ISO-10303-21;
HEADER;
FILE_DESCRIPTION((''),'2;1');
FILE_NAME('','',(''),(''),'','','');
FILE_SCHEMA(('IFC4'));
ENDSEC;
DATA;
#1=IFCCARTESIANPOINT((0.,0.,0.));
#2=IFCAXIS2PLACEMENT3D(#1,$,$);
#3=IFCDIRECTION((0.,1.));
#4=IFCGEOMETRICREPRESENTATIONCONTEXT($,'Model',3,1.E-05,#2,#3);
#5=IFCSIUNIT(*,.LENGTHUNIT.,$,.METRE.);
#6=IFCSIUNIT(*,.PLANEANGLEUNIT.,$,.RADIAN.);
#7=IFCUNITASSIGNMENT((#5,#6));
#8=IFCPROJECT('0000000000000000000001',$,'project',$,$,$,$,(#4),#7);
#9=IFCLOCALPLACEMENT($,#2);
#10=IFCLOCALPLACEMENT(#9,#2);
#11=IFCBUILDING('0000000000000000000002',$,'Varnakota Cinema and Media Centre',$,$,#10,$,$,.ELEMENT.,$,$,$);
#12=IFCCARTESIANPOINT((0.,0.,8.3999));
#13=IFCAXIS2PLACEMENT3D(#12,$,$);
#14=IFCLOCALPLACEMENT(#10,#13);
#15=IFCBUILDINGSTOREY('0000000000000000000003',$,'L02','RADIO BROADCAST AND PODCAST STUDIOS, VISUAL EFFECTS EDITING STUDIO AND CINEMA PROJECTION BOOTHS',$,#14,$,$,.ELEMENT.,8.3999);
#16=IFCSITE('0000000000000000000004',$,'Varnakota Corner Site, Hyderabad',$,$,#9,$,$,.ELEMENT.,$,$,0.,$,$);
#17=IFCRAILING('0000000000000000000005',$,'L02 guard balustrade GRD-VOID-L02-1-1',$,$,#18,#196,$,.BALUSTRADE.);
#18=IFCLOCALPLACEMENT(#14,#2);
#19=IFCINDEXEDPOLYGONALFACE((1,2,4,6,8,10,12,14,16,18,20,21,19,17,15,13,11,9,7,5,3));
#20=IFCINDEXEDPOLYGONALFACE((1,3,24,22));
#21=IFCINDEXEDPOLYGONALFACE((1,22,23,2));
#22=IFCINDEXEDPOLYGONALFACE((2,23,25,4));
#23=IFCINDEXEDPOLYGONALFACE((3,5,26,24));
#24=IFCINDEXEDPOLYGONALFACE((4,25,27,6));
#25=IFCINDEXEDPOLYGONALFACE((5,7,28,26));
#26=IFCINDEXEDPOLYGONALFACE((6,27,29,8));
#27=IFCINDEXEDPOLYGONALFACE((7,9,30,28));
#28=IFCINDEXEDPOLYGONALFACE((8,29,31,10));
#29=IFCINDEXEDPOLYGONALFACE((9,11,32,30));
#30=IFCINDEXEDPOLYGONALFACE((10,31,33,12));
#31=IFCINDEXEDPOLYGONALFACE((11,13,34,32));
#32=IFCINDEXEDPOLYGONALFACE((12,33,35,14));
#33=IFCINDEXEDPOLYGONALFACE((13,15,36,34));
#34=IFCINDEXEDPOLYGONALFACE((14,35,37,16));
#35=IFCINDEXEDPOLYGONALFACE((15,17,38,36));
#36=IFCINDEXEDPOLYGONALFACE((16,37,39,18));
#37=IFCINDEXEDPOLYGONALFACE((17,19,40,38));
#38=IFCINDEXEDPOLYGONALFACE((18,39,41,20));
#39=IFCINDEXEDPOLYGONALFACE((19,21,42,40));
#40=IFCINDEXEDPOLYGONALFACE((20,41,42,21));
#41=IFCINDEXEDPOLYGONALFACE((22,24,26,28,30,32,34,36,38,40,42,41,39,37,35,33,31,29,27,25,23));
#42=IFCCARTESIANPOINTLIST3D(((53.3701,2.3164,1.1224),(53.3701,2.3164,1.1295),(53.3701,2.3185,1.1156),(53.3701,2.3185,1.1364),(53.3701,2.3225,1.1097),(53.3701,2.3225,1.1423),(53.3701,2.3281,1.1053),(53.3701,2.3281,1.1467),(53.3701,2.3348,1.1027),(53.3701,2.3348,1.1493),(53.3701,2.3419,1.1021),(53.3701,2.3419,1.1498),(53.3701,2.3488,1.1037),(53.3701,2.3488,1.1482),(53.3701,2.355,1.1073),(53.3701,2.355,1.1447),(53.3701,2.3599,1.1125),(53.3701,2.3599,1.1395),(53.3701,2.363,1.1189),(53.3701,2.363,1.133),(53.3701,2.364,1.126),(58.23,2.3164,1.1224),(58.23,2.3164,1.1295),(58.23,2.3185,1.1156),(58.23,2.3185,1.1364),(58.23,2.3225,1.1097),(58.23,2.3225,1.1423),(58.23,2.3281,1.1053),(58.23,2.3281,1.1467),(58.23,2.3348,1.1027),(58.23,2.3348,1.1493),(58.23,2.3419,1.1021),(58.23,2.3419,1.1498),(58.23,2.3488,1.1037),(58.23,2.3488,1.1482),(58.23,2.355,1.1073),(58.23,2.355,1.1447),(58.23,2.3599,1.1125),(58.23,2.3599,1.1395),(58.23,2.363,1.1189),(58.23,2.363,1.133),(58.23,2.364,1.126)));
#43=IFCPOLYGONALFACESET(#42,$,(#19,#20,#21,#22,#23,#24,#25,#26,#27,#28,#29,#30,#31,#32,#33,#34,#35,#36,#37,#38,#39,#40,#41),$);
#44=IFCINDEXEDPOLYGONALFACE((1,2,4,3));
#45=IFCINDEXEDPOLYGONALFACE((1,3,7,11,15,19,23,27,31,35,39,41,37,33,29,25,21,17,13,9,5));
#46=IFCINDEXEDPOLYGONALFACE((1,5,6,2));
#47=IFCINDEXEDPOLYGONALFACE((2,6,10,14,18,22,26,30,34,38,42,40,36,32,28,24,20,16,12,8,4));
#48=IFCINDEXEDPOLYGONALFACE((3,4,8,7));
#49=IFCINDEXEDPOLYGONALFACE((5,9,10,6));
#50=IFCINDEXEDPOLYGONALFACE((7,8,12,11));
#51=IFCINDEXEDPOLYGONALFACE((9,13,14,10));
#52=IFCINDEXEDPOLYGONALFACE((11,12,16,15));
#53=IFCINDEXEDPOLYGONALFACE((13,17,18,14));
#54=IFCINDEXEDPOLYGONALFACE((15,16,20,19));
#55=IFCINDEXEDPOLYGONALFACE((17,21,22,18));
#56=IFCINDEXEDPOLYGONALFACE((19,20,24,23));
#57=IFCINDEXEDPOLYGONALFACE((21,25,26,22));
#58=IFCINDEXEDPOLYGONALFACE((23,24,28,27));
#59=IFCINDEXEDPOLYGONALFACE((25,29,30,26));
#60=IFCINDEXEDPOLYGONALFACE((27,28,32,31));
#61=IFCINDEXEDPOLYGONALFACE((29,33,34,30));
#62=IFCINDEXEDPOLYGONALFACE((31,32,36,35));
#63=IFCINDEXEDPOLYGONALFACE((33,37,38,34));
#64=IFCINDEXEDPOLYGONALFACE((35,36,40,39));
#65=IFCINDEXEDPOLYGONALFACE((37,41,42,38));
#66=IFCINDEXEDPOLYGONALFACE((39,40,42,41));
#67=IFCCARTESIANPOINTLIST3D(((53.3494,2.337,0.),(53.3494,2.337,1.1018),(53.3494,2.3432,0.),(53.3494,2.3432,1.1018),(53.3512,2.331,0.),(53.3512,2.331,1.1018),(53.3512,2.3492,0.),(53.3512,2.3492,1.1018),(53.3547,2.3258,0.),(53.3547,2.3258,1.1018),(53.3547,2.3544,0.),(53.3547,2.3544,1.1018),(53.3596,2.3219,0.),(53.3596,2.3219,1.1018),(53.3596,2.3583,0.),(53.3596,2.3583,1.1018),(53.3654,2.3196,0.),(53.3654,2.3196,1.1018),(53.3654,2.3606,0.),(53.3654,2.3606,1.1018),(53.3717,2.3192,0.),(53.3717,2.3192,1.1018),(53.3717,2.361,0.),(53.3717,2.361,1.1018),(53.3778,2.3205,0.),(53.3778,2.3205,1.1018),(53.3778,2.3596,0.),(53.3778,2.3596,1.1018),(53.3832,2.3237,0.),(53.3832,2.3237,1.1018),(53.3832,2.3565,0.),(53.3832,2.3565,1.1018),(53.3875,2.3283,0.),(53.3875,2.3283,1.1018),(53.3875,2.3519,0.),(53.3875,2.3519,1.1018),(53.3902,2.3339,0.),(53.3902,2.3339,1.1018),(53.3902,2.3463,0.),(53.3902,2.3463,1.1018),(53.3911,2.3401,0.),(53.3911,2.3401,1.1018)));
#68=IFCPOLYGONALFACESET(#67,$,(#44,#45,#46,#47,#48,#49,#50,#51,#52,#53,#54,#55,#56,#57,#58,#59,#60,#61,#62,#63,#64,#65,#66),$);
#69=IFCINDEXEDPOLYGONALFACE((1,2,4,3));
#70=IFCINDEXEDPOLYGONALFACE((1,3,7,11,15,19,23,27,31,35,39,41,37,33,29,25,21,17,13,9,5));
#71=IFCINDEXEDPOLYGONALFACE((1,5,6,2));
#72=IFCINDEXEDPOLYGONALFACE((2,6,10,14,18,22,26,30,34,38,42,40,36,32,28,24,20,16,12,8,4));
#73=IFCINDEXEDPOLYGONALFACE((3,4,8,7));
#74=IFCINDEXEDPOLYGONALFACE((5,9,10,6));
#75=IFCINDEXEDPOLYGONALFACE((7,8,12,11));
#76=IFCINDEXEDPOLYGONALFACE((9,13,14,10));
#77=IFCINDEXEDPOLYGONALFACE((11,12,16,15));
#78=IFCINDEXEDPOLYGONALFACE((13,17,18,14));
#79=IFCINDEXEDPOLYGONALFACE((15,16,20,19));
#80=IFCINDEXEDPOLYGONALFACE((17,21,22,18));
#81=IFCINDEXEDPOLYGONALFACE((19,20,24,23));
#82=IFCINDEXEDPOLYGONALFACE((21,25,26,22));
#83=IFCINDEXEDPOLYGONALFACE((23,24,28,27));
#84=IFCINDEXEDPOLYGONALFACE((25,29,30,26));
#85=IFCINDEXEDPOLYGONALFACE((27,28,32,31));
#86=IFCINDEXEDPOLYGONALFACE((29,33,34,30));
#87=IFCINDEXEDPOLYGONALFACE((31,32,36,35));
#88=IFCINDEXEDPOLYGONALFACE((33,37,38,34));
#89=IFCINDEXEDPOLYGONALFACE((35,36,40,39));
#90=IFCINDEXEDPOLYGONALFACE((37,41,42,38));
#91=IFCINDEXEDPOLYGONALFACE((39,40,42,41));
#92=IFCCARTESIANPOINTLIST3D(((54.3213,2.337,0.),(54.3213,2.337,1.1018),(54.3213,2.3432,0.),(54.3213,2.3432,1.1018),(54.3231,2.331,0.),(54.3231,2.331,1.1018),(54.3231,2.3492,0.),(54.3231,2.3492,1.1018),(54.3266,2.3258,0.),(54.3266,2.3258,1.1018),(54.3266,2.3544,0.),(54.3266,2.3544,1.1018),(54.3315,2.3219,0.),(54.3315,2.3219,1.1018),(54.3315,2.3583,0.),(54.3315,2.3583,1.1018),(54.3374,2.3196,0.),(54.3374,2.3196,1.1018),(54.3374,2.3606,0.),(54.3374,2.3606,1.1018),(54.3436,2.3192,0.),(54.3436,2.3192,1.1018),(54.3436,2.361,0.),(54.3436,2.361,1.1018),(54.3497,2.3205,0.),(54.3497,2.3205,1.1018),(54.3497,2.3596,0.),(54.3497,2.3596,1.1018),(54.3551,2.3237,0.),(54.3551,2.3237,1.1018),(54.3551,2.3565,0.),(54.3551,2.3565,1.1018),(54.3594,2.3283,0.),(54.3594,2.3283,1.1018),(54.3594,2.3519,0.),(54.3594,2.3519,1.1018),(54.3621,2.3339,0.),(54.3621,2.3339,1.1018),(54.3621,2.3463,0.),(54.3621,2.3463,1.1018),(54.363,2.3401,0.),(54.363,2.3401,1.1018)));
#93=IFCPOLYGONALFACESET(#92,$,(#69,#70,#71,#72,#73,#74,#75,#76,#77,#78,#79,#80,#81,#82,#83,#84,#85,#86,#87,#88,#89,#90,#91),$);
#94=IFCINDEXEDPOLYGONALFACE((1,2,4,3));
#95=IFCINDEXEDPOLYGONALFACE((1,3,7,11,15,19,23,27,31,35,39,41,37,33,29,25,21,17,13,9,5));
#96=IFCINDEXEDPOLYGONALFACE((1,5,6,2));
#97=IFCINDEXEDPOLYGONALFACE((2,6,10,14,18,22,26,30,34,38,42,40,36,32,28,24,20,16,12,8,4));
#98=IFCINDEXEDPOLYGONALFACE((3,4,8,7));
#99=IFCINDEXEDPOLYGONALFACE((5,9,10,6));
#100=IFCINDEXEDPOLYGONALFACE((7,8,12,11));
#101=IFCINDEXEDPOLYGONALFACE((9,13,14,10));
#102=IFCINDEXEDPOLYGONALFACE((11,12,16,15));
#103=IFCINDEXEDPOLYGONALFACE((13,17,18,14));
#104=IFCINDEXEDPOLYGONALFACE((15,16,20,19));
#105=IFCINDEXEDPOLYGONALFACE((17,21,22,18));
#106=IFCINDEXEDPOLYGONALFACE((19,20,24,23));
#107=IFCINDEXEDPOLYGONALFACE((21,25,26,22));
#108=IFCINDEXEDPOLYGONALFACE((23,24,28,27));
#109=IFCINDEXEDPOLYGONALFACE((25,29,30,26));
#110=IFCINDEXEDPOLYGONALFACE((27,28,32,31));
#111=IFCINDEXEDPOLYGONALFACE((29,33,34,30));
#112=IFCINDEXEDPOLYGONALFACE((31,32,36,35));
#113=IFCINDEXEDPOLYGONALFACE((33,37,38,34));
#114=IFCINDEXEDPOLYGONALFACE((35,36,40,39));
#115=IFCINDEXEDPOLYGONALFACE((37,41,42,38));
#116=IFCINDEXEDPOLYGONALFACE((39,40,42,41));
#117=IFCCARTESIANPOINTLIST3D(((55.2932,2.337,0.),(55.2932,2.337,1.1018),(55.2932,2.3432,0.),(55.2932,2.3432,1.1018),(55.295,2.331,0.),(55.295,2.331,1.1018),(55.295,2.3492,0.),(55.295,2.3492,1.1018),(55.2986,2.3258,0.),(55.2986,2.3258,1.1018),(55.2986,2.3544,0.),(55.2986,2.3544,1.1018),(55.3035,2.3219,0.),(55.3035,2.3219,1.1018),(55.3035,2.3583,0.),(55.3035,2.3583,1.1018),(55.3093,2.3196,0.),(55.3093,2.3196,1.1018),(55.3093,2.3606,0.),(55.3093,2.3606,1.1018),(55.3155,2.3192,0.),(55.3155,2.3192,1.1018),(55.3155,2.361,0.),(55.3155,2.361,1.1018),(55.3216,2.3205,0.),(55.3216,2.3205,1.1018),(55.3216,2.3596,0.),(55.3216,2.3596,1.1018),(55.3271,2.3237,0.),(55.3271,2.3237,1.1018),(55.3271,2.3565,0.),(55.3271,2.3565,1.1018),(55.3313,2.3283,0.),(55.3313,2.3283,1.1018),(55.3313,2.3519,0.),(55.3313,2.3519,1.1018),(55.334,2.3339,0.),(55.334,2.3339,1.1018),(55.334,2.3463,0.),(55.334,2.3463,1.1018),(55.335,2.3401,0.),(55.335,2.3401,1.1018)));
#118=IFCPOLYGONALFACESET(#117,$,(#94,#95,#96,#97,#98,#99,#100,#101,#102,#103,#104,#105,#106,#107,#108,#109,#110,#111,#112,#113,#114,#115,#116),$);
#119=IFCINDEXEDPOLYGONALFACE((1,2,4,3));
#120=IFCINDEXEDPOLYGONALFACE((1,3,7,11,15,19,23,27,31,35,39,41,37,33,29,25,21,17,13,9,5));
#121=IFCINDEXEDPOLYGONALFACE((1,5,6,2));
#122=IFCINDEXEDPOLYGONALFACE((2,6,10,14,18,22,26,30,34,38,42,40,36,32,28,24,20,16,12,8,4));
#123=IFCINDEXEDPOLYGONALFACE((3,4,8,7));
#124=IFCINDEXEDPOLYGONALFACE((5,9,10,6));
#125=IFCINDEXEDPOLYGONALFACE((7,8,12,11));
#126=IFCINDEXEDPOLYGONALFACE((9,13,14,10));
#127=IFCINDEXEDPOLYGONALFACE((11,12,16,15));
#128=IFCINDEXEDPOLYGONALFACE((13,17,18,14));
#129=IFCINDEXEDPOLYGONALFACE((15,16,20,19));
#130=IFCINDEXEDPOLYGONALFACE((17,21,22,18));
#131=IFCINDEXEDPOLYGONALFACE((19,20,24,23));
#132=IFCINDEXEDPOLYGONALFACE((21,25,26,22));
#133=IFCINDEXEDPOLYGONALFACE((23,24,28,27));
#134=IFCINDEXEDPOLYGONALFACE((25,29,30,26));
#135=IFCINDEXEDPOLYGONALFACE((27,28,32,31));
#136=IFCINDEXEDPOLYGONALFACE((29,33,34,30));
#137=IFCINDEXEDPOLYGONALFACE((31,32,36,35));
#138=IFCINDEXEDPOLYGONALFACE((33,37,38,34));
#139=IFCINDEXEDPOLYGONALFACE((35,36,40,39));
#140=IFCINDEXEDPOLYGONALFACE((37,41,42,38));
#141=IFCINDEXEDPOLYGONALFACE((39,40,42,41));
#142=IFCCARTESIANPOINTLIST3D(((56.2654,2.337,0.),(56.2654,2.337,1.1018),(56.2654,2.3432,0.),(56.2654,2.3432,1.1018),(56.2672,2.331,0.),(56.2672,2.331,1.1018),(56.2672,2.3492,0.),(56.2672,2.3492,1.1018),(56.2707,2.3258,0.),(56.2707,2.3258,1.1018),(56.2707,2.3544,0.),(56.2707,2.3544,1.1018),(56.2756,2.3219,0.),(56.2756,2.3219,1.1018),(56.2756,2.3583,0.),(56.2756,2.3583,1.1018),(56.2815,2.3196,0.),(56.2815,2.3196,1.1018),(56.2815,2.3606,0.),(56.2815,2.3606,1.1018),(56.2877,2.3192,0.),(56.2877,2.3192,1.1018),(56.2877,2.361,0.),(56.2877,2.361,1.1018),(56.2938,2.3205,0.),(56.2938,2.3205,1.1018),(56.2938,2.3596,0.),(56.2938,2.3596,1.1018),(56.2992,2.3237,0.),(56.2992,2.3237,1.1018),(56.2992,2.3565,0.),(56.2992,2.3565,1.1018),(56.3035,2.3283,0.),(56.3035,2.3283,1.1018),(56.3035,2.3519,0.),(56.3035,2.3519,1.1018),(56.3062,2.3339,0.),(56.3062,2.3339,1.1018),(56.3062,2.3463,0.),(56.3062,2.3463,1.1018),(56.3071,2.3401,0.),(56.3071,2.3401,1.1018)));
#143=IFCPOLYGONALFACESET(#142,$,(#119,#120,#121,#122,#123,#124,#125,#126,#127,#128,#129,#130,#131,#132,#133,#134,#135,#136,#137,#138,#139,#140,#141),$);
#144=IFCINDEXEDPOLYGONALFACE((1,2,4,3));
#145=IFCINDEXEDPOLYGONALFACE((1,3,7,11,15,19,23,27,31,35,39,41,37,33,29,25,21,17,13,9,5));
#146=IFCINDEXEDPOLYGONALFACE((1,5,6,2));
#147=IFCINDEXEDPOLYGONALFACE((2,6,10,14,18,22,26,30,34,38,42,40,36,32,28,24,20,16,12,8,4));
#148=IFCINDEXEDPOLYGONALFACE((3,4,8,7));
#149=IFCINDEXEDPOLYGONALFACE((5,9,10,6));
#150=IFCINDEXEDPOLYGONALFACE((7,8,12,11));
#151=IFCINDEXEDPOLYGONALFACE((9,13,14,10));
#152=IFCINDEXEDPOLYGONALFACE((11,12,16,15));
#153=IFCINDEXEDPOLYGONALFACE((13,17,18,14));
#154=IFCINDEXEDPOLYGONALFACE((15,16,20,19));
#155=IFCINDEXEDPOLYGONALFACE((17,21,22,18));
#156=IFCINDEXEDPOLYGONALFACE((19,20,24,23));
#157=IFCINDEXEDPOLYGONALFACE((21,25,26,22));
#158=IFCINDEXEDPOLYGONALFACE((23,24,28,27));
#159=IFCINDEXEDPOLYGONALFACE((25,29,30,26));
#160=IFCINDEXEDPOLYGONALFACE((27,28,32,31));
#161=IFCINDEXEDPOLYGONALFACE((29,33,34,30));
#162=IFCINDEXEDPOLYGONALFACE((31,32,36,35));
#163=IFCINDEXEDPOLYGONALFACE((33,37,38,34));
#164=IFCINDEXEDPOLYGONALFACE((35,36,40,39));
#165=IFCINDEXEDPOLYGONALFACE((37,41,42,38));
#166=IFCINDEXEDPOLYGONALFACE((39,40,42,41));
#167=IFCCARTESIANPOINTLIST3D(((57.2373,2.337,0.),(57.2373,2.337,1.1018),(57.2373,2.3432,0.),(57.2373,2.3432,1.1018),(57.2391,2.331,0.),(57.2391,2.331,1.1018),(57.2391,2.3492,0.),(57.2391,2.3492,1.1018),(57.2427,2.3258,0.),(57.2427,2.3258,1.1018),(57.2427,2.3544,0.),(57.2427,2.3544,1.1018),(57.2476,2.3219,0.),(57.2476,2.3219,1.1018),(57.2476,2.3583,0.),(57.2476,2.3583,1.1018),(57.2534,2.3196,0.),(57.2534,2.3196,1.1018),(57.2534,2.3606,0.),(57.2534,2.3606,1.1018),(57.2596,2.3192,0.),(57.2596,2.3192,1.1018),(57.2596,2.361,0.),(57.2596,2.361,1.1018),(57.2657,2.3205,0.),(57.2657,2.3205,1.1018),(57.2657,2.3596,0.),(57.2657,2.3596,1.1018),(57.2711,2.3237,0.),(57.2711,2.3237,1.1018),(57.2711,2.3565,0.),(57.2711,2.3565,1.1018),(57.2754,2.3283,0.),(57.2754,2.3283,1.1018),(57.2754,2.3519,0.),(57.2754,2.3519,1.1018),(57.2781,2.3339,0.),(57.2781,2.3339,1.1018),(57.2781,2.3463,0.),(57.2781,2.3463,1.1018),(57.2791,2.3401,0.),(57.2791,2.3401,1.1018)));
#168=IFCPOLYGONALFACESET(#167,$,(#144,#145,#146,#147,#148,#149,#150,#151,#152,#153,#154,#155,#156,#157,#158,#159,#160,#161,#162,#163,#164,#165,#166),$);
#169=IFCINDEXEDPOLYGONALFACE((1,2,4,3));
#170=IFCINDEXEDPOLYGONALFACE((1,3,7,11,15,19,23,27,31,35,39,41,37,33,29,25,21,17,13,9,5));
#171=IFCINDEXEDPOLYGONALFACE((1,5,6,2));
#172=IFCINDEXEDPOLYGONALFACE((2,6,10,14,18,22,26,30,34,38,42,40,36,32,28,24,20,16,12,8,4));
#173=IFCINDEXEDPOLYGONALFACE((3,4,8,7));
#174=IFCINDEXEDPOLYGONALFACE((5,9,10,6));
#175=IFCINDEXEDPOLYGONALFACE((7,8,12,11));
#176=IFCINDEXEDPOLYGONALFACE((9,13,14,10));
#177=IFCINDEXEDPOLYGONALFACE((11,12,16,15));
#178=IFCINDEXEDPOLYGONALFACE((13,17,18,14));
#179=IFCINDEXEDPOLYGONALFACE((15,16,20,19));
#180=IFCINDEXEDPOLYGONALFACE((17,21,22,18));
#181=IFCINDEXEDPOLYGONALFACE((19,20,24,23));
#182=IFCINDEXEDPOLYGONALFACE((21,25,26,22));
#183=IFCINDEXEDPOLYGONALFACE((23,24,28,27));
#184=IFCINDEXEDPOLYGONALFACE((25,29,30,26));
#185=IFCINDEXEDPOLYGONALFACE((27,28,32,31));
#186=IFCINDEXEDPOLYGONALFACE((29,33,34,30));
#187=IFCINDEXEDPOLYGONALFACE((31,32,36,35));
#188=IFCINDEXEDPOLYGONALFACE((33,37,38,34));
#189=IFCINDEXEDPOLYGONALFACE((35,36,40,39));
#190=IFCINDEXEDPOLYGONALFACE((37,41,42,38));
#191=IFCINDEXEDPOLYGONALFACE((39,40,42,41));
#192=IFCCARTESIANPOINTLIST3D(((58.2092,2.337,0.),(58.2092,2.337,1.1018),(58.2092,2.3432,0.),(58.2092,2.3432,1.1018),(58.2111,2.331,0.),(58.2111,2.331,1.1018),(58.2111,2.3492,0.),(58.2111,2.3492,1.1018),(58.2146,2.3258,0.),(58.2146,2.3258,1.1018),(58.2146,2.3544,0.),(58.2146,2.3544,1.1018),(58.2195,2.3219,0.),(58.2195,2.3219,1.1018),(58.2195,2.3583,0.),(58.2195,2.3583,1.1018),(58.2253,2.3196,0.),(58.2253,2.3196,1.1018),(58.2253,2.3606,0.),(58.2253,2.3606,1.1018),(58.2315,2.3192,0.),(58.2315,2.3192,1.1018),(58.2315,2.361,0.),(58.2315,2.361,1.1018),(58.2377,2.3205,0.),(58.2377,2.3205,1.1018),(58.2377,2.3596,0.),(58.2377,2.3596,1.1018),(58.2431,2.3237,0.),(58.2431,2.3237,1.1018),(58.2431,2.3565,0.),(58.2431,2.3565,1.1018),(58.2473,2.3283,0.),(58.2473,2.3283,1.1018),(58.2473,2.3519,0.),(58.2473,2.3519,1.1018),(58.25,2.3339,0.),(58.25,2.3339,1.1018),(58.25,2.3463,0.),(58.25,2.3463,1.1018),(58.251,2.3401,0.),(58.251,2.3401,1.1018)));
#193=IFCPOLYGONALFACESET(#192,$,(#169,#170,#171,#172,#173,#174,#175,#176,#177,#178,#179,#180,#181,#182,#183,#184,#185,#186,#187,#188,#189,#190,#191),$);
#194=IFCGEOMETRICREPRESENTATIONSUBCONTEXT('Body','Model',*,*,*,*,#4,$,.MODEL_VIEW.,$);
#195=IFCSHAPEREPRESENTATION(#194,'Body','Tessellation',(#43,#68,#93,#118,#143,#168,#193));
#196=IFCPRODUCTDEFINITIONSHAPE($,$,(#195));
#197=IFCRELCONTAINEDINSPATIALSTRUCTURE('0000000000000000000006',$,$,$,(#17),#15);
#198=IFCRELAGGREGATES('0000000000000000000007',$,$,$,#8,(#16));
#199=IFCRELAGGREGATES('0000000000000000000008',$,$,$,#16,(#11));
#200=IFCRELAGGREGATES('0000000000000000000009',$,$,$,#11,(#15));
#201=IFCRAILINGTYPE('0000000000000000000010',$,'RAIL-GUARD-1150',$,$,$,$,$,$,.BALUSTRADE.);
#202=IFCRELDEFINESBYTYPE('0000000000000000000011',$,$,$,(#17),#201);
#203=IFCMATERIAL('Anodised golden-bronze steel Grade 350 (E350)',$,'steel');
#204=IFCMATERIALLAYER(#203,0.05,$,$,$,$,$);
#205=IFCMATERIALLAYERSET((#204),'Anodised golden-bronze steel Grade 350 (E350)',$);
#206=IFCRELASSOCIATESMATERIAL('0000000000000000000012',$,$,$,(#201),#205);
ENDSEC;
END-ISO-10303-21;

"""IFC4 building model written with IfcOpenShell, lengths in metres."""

from ifc_helpers import new_model, si_unit, direction, frame, origin, origin_2d, place, context, subcontext, project, spatial, circle, extrude, material, layer, layer_set, type_object, element, save


model = new_model("IFC4")

# Units and contexts
model_context = context("Model", 3, precision=1e-05, world=origin(), true_north=direction((0.0, 1.0)))
body_context = subcontext(model_context, "Body", "Model", "MODEL_VIEW")
ifc_project = project(units=[si_unit("LENGTHUNIT", "METRE"), si_unit("PLANEANGLEUNIT", "RADIAN")], contexts=[model_context])

# Site, building, storey
site_placement = place(None, origin())
site = spatial("IfcSite", under=ifc_project, at=site_placement, Name="Varnakota Corner Site, Hyderabad", CompositionType="ELEMENT", RefElevation=0.0)
building_placement = place(site_placement, origin())
building = spatial("IfcBuilding", under=site, at=building_placement, Name="Varnakota Cinema and Media Centre", CompositionType="ELEMENT")
storey_placement = place(building_placement, frame((0.0, 0.0, 8.3999)))
storey = spatial("IfcBuildingStorey", under=building, at=storey_placement, Name="L02", Description="RADIO BROADCAST AND PODCAST STUDIOS, VISUAL EFFECTS EDITING STUDIO AND CINEMA PROJECTION BOOTHS", CompositionType="ELEMENT", Elevation=8.3999)

# Railing
ifc_material_1 = material(Name="Anodised golden-bronze steel Grade 350 (E350)", Category="steel")
ifc_layer_1 = layer(ifc_material_1, 0.05)
ifc_layer_set_1 = layer_set([ifc_layer_1], Name="Anodised golden-bronze steel Grade 350 (E350)")
railing_type_1 = type_object("IfcRailingType", Name="RAIL-GUARD-1150", PredefinedType="BALUSTRADE", material=ifc_layer_set_1)
railing_1_placement = place(storey_placement, frame((53.3701, 2.3401, 0.0)))
element("IfcRailing", 1, at=railing_1_placement, inside=storey, type_object=railing_type_1, Name="L02 guard balustrade GRD-VOID-L02-1-1", PredefinedType="BALUSTRADE", context=body_context, shape_type="SweptSolid", body=[
    extrude(circle(Radius=0.0239, at=origin_2d()), frame((0.0, 0.0, 1.126), z_axis=(1.0, 0.0, 0.0), x_axis=(0.0, 1.0, 0.0)), (0.0, 0.0, 1.0), 4.8599),
    extrude(circle(Radius=0.021, at=origin_2d()), origin(), (0.0, 0.0, 1.0), 1.1018),
    extrude(circle(Radius=0.021, at=origin_2d()), frame((0.9719, 0.0, 0.0)), (0.0, 0.0, 1.0), 1.1018),
    extrude(circle(Radius=0.021, at=origin_2d()), frame((1.9438, 0.0, 0.0)), (0.0, 0.0, 1.0), 1.1018),
    extrude(circle(Radius=0.021, at=origin_2d()), frame((2.916, 0.0, 0.0)), (0.0, 0.0, 1.0), 1.1018),
    extrude(circle(Radius=0.021, at=origin_2d()), frame((3.8879, 0.0, 0.0)), (0.0, 0.0, 1.0), 1.1018),
    extrude(circle(Radius=0.021, at=origin_2d()), frame((4.8599, 0.0, 0.0)), (0.0, 0.0, 1.0), 1.1018),
])

save(model, "model.ifc")
